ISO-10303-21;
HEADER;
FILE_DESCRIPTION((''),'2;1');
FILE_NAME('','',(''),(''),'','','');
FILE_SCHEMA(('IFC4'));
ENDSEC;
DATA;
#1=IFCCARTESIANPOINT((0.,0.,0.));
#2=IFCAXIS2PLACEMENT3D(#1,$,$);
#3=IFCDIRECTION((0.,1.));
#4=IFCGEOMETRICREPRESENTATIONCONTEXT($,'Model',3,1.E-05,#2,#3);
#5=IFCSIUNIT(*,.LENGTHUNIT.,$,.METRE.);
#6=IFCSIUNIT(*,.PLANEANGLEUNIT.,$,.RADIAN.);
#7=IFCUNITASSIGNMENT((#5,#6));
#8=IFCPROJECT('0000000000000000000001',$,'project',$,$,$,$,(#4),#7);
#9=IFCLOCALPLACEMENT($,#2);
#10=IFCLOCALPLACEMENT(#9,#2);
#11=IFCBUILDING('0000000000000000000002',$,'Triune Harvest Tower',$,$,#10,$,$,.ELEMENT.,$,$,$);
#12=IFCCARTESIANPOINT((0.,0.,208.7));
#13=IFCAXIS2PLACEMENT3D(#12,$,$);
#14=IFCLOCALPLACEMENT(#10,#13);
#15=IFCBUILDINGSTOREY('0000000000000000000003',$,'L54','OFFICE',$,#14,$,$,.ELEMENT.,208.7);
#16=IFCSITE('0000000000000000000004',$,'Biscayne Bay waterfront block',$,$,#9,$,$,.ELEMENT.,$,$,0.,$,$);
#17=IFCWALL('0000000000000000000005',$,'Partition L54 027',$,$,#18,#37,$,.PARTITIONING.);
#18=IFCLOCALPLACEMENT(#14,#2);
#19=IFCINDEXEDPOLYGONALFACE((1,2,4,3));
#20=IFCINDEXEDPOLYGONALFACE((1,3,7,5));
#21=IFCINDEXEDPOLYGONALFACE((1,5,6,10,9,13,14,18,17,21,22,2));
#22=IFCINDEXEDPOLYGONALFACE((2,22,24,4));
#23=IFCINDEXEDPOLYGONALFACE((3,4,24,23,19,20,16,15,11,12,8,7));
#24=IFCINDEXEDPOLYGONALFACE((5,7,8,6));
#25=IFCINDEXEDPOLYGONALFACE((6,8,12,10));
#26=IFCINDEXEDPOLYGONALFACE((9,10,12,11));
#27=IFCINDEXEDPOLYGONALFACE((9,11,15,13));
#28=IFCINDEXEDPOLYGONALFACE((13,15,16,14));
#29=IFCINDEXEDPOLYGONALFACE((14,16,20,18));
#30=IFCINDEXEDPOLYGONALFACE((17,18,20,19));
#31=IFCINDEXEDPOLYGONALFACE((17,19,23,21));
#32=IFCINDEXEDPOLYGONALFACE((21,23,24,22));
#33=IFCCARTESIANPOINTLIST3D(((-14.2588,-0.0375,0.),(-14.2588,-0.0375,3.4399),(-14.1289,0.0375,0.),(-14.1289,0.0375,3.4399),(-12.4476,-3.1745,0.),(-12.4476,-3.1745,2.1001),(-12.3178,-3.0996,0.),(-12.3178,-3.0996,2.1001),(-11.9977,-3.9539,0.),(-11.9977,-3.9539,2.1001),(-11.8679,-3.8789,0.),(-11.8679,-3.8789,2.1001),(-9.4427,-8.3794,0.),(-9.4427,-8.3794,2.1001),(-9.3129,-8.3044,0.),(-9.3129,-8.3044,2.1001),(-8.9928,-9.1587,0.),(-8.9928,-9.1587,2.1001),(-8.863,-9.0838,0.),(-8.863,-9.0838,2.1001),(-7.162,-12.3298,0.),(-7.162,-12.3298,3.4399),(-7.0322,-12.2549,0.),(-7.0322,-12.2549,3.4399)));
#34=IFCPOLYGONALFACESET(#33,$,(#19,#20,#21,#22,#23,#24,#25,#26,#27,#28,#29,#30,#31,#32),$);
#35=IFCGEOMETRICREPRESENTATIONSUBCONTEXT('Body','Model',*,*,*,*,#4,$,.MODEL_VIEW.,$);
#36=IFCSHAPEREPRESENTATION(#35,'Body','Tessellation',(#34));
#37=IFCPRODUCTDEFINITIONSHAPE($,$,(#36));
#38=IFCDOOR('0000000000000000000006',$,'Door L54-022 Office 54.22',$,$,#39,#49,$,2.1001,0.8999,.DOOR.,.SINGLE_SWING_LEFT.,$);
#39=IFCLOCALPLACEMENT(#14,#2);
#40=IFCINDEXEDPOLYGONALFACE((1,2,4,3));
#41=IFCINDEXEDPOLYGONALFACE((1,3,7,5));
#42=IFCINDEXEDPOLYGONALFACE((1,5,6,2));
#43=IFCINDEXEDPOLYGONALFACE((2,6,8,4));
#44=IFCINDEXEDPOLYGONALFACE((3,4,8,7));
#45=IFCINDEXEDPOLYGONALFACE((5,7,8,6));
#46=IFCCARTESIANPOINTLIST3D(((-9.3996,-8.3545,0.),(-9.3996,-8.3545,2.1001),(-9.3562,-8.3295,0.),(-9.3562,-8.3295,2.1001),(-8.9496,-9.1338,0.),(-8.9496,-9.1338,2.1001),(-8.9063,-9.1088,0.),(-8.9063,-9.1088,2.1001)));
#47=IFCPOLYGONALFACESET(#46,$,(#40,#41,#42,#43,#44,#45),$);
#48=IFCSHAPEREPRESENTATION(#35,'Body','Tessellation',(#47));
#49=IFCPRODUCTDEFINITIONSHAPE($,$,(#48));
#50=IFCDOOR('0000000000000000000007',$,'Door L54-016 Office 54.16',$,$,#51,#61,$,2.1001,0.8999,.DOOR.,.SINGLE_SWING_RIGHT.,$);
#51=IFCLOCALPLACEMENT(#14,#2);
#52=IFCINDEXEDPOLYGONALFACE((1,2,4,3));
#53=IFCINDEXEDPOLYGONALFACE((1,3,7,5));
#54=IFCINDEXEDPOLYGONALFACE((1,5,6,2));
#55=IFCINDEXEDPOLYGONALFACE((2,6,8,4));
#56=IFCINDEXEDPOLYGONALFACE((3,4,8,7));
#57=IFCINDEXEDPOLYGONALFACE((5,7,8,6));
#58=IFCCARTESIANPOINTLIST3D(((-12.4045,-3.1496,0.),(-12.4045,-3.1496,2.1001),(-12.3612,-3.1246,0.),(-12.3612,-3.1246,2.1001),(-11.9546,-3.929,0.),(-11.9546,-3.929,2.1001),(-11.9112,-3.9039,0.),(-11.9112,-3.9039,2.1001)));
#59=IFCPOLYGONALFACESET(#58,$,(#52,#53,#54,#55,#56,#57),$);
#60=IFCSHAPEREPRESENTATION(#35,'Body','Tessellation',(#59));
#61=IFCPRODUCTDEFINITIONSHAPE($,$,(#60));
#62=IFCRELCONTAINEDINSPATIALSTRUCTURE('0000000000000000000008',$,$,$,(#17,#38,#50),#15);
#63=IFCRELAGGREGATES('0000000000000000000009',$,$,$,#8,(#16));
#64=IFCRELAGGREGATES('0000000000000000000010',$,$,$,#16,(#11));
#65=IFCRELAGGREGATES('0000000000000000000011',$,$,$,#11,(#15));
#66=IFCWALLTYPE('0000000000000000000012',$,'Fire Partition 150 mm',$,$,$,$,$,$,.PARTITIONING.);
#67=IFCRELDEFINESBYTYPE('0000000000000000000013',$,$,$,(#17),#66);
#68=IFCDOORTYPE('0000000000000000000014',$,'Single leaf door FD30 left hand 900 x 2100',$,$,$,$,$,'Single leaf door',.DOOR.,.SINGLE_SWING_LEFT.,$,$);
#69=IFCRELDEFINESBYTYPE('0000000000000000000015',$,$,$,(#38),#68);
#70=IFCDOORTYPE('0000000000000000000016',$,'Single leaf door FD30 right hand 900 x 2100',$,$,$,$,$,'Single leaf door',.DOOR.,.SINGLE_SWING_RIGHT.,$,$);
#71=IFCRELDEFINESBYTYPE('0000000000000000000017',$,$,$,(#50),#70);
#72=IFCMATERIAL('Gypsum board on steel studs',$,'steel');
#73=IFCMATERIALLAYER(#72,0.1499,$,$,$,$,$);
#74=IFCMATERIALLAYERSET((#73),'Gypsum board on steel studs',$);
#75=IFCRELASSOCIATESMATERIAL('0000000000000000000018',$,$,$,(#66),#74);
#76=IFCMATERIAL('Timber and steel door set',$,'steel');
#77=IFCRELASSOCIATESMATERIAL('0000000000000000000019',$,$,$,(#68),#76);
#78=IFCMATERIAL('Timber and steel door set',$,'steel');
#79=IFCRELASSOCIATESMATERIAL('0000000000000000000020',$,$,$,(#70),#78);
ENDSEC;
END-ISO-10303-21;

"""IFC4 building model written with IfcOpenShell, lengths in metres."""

from ifc_helpers import new_model, si_unit, direction, frame, frame_2d, origin, place, context, subcontext, project, spatial, rectangle, extrude, source, transform, mapped, material, layer, layer_set, type_object, element, fill, save


model = new_model("IFC4")

# Units and contexts
model_context = context("Model", 3, precision=1e-05, world=origin(), true_north=direction((0.0, 1.0)))
body_context = subcontext(model_context, "Body", "Model", "MODEL_VIEW")
ifc_project = project(units=[si_unit("LENGTHUNIT", "METRE"), si_unit("PLANEANGLEUNIT", "RADIAN")], contexts=[model_context])

# Site, building, storey
site_placement = place(None, origin())
site = spatial("IfcSite", under=ifc_project, at=site_placement, Name="Biscayne Bay waterfront block", CompositionType="ELEMENT", RefElevation=0.0)
building_placement = place(site_placement, origin())
building = spatial("IfcBuilding", under=site, at=building_placement, Name="Triune Harvest Tower", CompositionType="ELEMENT")
storey_placement = place(building_placement, frame((0.0, 0.0, 208.7)))
storey = spatial("IfcBuildingStorey", under=building, at=storey_placement, Name="L54", Description="OFFICE", CompositionType="ELEMENT", Elevation=208.7)

# Shared definitions
ifc_material_1 = material(Name="Gypsum board on steel studs", Category="steel")
ifc_layer_1 = layer(ifc_material_1, 0.1499)
ifc_layer_set_1 = layer_set([ifc_layer_1], Name="Gypsum board on steel studs")
wall_type_1 = type_object("IfcWallType", Name="Fire Partition 150 mm", PredefinedType="PARTITIONING", material=ifc_layer_set_1)
ifc_material_2 = material(Name="Timber and steel door set", Category="steel")
door_type_1 = type_object("IfcDoorType", Name="Single leaf door FD30 left hand 900 x 2100", ElementType="Single leaf door", OperationType="SINGLE_SWING_LEFT", PredefinedType="DOOR", material=ifc_material_2)

# Wall, openings, doors
shared_shape_1 = source(origin(), body_context, "Body", "SweptSolid", [
    extrude(rectangle(XDim=14.1938, YDim=0.1499, at=frame_2d((7.0969, 0.0))), origin(), (0.0, 0.0, 1.0), 3.4399),
])
wall_1_placement = place(storey_placement, frame((-14.1938, 0.0, 0.0), z_axis=(0.0, 0.0, 1.0), x_axis=(0.499987, -0.866033, 0.0)))
wall_1 = element("IfcWall", 1, at=wall_1_placement, inside=storey, type_object=wall_type_1, Name="Partition L54 027", PredefinedType="PARTITIONING", context=body_context, shape_type="MappedRepresentation", body=[
    mapped(shared_shape_1, transform((0.0, 0.0, 0.0), scale=1.0)),
])
opening_1_placement = place(wall_1_placement, frame((3.6223, 0.0, 0.0)))
opening_1 = element("IfcOpeningElement", 2, at=opening_1_placement, cuts=wall_1, PredefinedType="OPENING", context=body_context, shape_type="SweptSolid", body=[
    extrude(rectangle(XDim=0.8999, YDim=2.1001, at=frame_2d((0.45, 1.05))), frame((0.0, 0.085, 0.0), z_axis=(0.0, -1.0, 0.0), x_axis=(1.0, 0.0, 0.0)), (0.0, 0.0, 1.0), 0.1699),
])
opening_2_placement = place(wall_1_placement, frame((9.6323, 0.0, 0.0)))
opening_2 = element("IfcOpeningElement", 3, at=opening_2_placement, cuts=wall_1, PredefinedType="OPENING", context=body_context, shape_type="SweptSolid", body=[
    extrude(rectangle(XDim=0.8999, YDim=2.1001, at=frame_2d((0.45, 1.05))), frame((0.0, 0.085, 0.0), z_axis=(0.0, -1.0, 0.0), x_axis=(1.0, 0.0, 0.0)), (0.0, 0.0, 1.0), 0.1699),
])
door_1_placement = place(opening_2_placement, origin())
door_1 = element("IfcDoor", 4, at=door_1_placement, inside=storey, type_object=door_type_1, Name="Door L54-022 Office 54.22", OperationType="SINGLE_SWING_LEFT", OverallHeight=2.1001, OverallWidth=0.8999, PredefinedType="DOOR", context=body_context, shape_type="SweptSolid", body=[
    extrude(rectangle(XDim=0.8999, YDim=2.1001, at=frame_2d((0.45, 1.05))), frame((0.0, 0.0249, 0.0), z_axis=(0.0, -1.0, 0.0), x_axis=(1.0, 0.0, 0.0)), (0.0, 0.0, 1.0), 0.05),
])
fill(opening_2, door_1)
ifc_material_3 = material(Name="Timber and steel door set", Category="steel")
door_type_2 = type_object("IfcDoorType", Name="Single leaf door FD30 right hand 900 x 2100", ElementType="Single leaf door", OperationType="SINGLE_SWING_RIGHT", PredefinedType="DOOR", material=ifc_material_3)
door_2_placement = place(opening_1_placement, origin())
door_2 = element("IfcDoor", 5, at=door_2_placement, inside=storey, type_object=door_type_2, Name="Door L54-016 Office 54.16", OperationType="SINGLE_SWING_RIGHT", OverallHeight=2.1001, OverallWidth=0.8999, PredefinedType="DOOR", context=body_context, shape_type="SweptSolid", body=[
    extrude(rectangle(XDim=0.8999, YDim=2.1001, at=frame_2d((0.45, 1.05))), frame((0.0, 0.0249, 0.0), z_axis=(0.0, -1.0, 0.0), x_axis=(1.0, 0.0, 0.0)), (0.0, 0.0, 1.0), 0.05),
])
fill(opening_1, door_2)

save(model, "model.ifc")
